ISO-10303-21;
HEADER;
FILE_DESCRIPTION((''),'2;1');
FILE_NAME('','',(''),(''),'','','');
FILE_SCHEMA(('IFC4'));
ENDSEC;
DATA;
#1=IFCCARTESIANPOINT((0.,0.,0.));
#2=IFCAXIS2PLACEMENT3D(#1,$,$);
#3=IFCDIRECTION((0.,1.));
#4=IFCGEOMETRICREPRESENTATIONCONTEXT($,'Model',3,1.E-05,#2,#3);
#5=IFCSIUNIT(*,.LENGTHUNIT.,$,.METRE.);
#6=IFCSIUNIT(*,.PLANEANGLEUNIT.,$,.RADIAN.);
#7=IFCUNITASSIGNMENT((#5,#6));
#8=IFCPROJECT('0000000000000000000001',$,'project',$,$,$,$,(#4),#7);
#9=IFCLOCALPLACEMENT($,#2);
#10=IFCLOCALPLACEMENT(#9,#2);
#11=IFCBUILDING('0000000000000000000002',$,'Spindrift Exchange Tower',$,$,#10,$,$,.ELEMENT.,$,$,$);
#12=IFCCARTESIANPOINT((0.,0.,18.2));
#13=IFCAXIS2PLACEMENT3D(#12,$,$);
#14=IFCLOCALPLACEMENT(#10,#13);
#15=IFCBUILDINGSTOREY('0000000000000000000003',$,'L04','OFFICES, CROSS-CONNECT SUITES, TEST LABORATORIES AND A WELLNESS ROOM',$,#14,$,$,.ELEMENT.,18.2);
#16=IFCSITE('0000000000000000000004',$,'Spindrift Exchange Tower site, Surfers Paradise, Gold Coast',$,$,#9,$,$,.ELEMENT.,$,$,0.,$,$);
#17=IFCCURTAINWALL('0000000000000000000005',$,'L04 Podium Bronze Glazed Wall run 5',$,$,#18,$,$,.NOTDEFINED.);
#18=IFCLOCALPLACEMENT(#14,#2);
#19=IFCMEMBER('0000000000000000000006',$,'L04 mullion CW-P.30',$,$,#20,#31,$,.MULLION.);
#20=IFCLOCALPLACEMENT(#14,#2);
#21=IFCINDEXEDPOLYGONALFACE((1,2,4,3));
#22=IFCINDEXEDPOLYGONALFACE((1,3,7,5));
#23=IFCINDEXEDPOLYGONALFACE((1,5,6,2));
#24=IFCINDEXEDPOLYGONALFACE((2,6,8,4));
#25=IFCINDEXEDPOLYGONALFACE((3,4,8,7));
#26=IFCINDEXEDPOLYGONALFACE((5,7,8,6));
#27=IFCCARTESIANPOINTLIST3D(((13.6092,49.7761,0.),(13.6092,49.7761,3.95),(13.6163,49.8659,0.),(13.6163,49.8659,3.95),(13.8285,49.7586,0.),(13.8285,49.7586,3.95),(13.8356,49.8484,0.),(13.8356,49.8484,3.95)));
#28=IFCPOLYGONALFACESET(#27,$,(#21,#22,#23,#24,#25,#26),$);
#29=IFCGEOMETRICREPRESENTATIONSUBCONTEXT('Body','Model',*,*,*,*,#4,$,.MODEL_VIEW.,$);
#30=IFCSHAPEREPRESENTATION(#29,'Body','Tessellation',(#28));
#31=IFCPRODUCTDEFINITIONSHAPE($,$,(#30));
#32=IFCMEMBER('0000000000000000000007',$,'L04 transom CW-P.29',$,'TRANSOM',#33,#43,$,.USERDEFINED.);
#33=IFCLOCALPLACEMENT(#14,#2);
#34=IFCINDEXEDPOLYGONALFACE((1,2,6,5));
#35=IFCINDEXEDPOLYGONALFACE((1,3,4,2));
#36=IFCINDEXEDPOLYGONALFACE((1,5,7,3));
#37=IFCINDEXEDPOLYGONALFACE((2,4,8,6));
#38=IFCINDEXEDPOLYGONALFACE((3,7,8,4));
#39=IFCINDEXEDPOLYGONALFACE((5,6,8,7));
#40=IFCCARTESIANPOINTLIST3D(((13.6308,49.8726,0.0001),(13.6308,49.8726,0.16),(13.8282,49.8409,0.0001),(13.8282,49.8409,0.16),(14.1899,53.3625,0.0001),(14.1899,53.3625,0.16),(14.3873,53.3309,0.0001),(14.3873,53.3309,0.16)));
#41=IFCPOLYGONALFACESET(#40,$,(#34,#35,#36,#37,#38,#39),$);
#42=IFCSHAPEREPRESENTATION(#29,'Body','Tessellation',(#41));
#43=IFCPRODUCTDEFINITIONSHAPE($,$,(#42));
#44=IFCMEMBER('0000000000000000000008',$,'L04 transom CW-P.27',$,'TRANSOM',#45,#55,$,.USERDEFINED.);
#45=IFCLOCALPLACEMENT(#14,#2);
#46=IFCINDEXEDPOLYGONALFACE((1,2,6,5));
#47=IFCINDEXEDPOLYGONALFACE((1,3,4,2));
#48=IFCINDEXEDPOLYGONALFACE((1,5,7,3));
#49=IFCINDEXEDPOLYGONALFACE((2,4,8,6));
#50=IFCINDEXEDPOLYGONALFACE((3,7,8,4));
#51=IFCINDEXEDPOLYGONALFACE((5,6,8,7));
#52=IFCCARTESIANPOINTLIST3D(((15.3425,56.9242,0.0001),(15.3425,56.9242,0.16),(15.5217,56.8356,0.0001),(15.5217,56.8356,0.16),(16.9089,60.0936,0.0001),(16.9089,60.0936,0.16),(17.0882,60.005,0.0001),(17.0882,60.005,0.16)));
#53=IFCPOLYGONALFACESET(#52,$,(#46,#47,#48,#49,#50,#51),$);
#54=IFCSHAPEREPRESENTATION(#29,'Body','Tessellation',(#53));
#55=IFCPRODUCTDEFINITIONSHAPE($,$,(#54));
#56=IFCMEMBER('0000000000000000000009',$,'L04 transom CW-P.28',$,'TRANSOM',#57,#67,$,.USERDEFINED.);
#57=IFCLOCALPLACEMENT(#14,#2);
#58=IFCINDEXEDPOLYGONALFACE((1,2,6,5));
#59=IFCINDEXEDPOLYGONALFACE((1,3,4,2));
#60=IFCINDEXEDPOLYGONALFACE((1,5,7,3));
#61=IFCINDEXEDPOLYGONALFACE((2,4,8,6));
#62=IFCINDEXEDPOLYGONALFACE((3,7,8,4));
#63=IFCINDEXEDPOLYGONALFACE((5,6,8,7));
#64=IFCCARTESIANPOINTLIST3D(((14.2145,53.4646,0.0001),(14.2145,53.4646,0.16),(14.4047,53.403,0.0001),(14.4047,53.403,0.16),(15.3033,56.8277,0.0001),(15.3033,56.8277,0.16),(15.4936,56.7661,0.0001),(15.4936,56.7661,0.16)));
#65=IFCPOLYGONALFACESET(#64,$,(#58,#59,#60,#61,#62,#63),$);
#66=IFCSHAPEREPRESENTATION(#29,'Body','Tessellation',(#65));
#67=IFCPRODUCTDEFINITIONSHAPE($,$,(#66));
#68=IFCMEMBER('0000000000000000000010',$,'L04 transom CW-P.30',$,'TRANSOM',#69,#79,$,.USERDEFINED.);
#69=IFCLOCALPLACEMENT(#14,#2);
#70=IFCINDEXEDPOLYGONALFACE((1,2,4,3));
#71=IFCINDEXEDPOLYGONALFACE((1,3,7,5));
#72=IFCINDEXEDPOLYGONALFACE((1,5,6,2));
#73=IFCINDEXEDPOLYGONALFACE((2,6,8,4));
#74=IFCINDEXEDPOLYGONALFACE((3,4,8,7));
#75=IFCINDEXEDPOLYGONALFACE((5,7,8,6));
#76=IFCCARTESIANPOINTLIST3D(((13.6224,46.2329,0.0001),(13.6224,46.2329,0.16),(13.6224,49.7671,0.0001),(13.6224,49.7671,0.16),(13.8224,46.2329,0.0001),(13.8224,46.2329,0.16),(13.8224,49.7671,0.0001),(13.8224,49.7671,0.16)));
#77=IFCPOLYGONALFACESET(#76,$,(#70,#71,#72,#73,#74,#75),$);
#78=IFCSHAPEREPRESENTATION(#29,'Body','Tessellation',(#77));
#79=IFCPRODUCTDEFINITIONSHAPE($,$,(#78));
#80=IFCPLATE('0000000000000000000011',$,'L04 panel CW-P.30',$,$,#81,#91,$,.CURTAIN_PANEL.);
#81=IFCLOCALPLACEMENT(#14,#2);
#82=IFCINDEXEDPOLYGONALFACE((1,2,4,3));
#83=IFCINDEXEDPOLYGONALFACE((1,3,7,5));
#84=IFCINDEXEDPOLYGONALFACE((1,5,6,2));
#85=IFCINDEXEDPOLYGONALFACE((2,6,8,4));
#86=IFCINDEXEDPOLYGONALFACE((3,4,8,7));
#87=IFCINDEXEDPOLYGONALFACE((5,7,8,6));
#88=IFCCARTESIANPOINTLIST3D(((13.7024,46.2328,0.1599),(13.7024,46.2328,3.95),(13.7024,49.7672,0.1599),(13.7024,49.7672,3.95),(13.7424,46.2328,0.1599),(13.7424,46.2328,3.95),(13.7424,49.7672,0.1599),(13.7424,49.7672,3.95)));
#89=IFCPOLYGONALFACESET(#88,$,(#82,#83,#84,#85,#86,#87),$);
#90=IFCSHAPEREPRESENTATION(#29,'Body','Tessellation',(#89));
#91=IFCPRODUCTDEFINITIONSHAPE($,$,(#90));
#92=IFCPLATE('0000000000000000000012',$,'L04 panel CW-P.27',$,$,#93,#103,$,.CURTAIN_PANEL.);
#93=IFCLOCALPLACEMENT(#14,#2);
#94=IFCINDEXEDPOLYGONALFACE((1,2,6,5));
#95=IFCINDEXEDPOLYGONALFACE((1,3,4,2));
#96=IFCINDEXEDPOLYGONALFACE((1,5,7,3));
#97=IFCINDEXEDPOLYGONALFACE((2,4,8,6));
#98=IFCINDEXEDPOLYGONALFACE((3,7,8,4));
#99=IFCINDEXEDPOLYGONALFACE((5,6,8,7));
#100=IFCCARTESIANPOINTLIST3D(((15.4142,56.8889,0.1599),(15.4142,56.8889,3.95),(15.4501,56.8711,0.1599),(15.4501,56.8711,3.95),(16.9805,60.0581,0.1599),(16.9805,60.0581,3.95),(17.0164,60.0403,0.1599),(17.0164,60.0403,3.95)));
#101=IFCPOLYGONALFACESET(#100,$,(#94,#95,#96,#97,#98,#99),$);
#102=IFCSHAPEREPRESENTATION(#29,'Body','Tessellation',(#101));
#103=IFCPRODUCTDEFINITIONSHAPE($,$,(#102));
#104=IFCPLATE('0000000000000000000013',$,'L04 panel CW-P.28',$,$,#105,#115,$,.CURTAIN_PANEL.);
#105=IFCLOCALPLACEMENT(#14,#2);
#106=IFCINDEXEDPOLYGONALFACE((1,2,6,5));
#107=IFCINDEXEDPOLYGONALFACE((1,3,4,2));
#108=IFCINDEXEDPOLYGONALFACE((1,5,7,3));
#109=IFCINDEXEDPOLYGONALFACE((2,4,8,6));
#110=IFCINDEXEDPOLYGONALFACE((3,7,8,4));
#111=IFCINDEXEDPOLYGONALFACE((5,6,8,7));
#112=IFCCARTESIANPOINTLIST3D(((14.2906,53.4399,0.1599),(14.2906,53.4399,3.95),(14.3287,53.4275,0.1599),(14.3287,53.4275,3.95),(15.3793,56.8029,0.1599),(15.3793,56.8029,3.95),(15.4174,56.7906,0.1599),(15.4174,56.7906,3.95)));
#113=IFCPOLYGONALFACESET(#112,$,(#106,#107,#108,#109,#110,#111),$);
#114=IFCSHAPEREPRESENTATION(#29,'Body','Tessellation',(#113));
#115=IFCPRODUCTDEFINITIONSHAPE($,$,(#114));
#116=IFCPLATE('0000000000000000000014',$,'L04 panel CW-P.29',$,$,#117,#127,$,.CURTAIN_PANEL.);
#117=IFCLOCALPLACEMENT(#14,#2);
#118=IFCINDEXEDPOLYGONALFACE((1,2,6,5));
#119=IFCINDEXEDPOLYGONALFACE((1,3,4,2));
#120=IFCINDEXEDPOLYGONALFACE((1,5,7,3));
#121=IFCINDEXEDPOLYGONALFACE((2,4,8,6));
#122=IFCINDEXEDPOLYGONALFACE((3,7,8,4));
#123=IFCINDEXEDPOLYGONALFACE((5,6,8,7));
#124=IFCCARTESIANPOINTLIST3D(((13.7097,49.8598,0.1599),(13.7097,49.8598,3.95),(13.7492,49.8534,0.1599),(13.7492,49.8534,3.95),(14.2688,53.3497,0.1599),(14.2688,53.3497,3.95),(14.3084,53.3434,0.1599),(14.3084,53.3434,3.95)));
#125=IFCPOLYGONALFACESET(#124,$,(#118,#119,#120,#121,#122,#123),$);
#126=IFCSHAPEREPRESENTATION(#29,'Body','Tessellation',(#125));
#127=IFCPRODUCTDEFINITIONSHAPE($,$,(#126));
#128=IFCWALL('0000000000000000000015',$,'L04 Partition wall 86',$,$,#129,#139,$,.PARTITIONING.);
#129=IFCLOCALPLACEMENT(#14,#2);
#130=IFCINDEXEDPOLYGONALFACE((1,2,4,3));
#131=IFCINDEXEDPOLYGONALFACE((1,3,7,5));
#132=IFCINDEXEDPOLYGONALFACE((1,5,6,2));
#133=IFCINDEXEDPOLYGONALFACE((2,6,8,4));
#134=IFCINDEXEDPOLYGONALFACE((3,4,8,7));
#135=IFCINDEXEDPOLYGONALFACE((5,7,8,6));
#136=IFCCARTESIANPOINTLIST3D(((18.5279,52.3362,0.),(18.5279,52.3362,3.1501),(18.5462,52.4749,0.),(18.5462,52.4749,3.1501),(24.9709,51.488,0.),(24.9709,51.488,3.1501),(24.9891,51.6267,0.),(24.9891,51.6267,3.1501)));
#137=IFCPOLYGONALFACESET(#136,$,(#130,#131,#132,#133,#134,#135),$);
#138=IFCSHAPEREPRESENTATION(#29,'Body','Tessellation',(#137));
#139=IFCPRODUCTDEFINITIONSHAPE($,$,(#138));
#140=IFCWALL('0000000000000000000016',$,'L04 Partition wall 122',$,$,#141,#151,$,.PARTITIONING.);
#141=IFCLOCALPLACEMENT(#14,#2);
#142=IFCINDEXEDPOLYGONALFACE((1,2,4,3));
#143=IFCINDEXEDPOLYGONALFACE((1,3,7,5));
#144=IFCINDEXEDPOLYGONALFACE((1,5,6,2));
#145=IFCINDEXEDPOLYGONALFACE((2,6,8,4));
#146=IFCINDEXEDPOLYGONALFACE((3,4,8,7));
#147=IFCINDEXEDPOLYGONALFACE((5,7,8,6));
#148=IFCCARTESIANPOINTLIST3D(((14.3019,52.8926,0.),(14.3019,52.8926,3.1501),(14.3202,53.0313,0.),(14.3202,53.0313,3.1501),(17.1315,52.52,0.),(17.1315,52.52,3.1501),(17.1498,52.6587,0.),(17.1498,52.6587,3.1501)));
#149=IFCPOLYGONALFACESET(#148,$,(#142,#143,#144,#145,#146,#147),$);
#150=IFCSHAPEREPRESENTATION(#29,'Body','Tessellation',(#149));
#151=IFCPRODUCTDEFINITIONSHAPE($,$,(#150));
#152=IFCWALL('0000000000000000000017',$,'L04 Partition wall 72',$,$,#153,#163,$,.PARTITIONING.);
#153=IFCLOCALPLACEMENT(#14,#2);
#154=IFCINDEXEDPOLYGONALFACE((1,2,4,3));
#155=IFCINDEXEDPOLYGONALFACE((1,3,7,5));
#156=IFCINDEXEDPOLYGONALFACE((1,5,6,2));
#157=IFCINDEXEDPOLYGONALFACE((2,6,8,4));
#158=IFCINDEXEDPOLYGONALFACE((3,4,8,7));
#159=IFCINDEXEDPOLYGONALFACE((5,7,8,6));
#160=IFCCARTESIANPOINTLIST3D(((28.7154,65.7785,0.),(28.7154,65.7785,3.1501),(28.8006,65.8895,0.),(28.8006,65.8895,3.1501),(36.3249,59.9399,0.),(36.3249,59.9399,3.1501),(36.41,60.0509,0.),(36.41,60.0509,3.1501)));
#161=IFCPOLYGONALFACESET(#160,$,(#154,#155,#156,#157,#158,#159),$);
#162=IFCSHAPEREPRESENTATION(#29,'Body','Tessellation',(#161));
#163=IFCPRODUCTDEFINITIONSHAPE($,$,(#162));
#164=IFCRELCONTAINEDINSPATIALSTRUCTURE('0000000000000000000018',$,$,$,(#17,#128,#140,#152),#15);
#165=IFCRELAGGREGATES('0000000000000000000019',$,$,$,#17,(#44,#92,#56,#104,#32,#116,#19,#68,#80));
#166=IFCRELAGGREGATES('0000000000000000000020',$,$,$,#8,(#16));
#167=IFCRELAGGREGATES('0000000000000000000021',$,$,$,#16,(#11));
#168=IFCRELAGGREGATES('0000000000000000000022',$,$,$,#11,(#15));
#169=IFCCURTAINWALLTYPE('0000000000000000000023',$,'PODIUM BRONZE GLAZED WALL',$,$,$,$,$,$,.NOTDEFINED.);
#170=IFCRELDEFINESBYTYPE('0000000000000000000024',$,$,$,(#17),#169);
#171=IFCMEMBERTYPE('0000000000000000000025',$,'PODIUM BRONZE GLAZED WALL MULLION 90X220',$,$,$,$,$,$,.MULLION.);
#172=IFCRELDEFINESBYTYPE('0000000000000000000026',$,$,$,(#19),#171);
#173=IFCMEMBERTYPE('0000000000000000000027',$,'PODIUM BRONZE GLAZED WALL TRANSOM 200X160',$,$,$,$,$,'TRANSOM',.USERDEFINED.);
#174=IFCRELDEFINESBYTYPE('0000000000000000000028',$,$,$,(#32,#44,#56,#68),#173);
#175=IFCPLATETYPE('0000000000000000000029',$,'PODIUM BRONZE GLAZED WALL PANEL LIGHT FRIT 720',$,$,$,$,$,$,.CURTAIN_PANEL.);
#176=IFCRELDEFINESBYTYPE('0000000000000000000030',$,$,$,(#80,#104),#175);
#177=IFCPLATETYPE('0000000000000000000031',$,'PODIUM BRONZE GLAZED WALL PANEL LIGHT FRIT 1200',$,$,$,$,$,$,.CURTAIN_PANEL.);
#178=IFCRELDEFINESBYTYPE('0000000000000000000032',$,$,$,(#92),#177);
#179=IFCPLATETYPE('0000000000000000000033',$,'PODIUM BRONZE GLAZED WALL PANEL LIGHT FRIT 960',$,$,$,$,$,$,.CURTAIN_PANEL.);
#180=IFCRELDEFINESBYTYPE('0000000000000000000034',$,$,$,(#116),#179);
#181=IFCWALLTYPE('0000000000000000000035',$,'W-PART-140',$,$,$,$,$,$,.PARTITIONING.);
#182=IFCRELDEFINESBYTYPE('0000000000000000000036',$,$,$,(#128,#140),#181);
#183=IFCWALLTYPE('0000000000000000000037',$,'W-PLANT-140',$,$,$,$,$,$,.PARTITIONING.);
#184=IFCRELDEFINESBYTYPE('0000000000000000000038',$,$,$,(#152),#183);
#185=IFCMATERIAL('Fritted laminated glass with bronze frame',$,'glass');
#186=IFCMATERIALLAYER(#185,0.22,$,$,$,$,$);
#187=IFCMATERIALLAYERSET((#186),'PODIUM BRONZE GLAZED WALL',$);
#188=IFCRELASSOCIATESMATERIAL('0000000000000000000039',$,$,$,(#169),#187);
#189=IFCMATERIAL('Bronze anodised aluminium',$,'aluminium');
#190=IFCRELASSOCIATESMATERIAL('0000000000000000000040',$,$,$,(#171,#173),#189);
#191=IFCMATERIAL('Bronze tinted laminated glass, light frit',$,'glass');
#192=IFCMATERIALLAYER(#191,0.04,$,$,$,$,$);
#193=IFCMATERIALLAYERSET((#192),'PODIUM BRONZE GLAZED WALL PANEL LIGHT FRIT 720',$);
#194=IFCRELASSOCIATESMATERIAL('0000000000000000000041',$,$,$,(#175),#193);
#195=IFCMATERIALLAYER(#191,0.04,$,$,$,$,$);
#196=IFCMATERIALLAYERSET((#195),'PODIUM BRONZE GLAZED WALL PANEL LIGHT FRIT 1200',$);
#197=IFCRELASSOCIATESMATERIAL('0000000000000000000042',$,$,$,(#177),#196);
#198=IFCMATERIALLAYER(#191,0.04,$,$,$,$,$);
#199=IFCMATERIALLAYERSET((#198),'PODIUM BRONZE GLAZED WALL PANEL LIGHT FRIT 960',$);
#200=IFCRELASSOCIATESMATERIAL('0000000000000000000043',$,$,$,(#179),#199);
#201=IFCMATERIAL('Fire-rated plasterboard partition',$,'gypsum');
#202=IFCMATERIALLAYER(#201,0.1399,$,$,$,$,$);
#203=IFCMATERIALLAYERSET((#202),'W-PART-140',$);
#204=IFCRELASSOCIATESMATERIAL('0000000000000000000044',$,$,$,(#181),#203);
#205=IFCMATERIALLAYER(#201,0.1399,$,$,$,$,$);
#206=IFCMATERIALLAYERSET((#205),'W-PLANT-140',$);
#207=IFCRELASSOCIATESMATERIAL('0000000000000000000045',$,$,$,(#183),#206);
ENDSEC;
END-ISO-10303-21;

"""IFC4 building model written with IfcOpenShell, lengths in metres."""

from ifc_helpers import new_model, si_unit, direction, frame, frame_2d, origin, origin_2d, place, context, subcontext, project, spatial, rectangle, extrude, source, transform, mapped, material, layer, layer_set, material_profile, profile_set, type_object, element, aggregate, save


model = new_model("IFC4")

# Units and contexts
model_context = context("Model", 3, precision=1e-05, world=origin(), true_north=direction((0.0, 1.0)))
body_context = subcontext(model_context, "Body", "Model", "MODEL_VIEW")
ifc_project = project(units=[si_unit("LENGTHUNIT", "METRE"), si_unit("PLANEANGLEUNIT", "RADIAN")], contexts=[model_context])

# Site, building, storey
site_placement = place(None, origin())
site = spatial("IfcSite", under=ifc_project, at=site_placement, Name="Spindrift Exchange Tower site, Surfers Paradise, Gold Coast", CompositionType="ELEMENT", RefElevation=0.0)
building_placement = place(site_placement, origin())
building = spatial("IfcBuilding", under=site, at=building_placement, Name="Spindrift Exchange Tower", CompositionType="ELEMENT")
storey_placement = place(building_placement, frame((0.0, 0.0, 18.2)))
storey = spatial("IfcBuildingStorey", under=building, at=storey_placement, Name="L04", Description="OFFICES, CROSS-CONNECT SUITES, TEST LABORATORIES AND A WELLNESS ROOM", CompositionType="ELEMENT", Elevation=18.2)

# Curtain wall, members, plates
ifc_material_1 = material(Name="Fritted laminated glass with bronze frame", Category="glass")
ifc_layer_1 = layer(ifc_material_1, 0.22)
ifc_layer_set_1 = layer_set([ifc_layer_1], Name="PODIUM BRONZE GLAZED WALL")
curtain_wall_type = type_object("IfcCurtainWallType", Name="PODIUM BRONZE GLAZED WALL", PredefinedType="NOTDEFINED", material=ifc_layer_set_1)
curtain_wall_placement = place(storey_placement, origin())
curtain_wall = element("IfcCurtainWall", 1, at=curtain_wall_placement, inside=storey, type_object=curtain_wall_type, Name="L04 Podium Bronze Glazed Wall run 5", PredefinedType="NOTDEFINED")
ifc_material_2 = material(Name="Bronze anodised aluminium", Category="aluminium")
ifc_material_profile_1 = material_profile(ifc_material_2, rectangle(XDim=0.0901, YDim=0.22, at=origin_2d()), Name="PODIUM BRONZE GLAZED WALL MULLION 90X220")
ifc_profile_set_1 = profile_set([ifc_material_profile_1], Name="Bronze anodised aluminium")
member_type_1 = type_object("IfcMemberType", Name="PODIUM BRONZE GLAZED WALL MULLION 90X220", PredefinedType="MULLION", material=ifc_profile_set_1)
shared_shape_1 = source(origin(), body_context, "Body", "SweptSolid", [
    extrude(rectangle(XDim=0.0901, YDim=0.22, at=origin_2d()), origin(), (0.0, 0.0, 1.0), 3.95),
])
member_1_placement = place(storey_placement, frame((13.7224, 49.8123, 0.0), z_axis=(0.0, 0.0, 1.0), x_axis=(-0.079352, -0.996847, 0.0)))
member_1 = element("IfcMember", 2, at=member_1_placement, type_object=member_type_1, Name="L04 mullion CW-P.30", PredefinedType="MULLION", context=body_context, shape_type="MappedRepresentation", body=[
    mapped(shared_shape_1, transform((0.0, 0.0, 0.0), scale=1.0)),
])
ifc_material_profile_2 = material_profile(ifc_material_2, rectangle(XDim=0.2, YDim=0.1599, at=origin_2d()), Name="PODIUM BRONZE GLAZED WALL TRANSOM 200X160")
ifc_profile_set_2 = profile_set([ifc_material_profile_2], Name="Bronze anodised aluminium")
member_type_2 = type_object("IfcMemberType", Name="PODIUM BRONZE GLAZED WALL TRANSOM 200X160", ElementType="TRANSOM", PredefinedType="USERDEFINED", material=ifc_profile_set_2)
shared_shape_2 = source(origin(), body_context, "Body", "SweptSolid", [
    extrude(rectangle(XDim=0.2, YDim=0.1599, at=origin_2d()), origin(), (0.0, 0.0, 1.0), 3.5344),
])
member_2_placement = place(storey_placement, frame((14.2886, 53.3467, 0.0801), z_axis=(-0.158179, -0.98741, 0.0), x_axis=(0.98741, -0.158179, 0.0)))
member_2 = element("IfcMember", 3, at=member_2_placement, type_object=member_type_2, Name="L04 transom CW-P.29", ObjectType="TRANSOM", PredefinedType="USERDEFINED", context=body_context, shape_type="MappedRepresentation", body=[
    mapped(shared_shape_2, transform((0.0, 0.0, 0.0), scale=1.0)),
])
shared_shape_3 = source(origin(), body_context, "Body", "SweptSolid", [
    extrude(rectangle(XDim=0.2, YDim=0.1599, at=origin_2d()), origin(), (0.0, 0.0, 1.0), 3.5354),
])
member_3_placement = place(storey_placement, frame((16.9985, 60.0493, 0.0801), z_axis=(-0.443065, -0.896489, 0.0), x_axis=(0.896489, -0.443065, 0.0)))
member_3 = element("IfcMember", 4, at=member_3_placement, type_object=member_type_2, Name="L04 transom CW-P.27", ObjectType="TRANSOM", PredefinedType="USERDEFINED", context=body_context, shape_type="MappedRepresentation", body=[
    mapped(shared_shape_3, transform((0.0, 0.0, 0.0), scale=1.0)),
])
shared_shape_4 = source(origin(), body_context, "Body", "SweptSolid", [
    extrude(rectangle(XDim=0.2, YDim=0.1599, at=origin_2d()), origin(), (0.0, 0.0, 1.0), 3.5349),
])
member_4_placement = place(storey_placement, frame((15.3984, 56.7969, 0.0801), z_axis=(-0.308032, -0.951376, 0.0), x_axis=(0.951376, -0.308032, 0.0)))
member_4 = element("IfcMember", 5, at=member_4_placement, type_object=member_type_2, Name="L04 transom CW-P.28", ObjectType="TRANSOM", PredefinedType="USERDEFINED", context=body_context, shape_type="MappedRepresentation", body=[
    mapped(shared_shape_4, transform((0.0, 0.0, 0.0), scale=1.0)),
])
shared_shape_5 = source(origin(), body_context, "Body", "SweptSolid", [
    extrude(rectangle(XDim=0.2, YDim=0.1599, at=origin_2d()), origin(), (0.0, 0.0, 1.0), 3.5342),
])
member_5_placement = place(storey_placement, frame((13.7224, 49.7671, 0.0801), z_axis=(0.0, -1.0, 0.0), x_axis=(1.0, 0.0, 0.0)))
member_5 = element("IfcMember", 6, at=member_5_placement, type_object=member_type_2, Name="L04 transom CW-P.30", ObjectType="TRANSOM", PredefinedType="USERDEFINED", context=body_context, shape_type="MappedRepresentation", body=[
    mapped(shared_shape_5, transform((0.0, 0.0, 0.0), scale=1.0)),
])
ifc_material_3 = material(Name="Bronze tinted laminated glass, light frit", Category="glass")
ifc_layer_2 = layer(ifc_material_3, 0.04)
ifc_layer_set_2 = layer_set([ifc_layer_2], Name="PODIUM BRONZE GLAZED WALL PANEL LIGHT FRIT 720")
plate_type_1 = type_object("IfcPlateType", Name="PODIUM BRONZE GLAZED WALL PANEL LIGHT FRIT 720", PredefinedType="CURTAIN_PANEL", material=ifc_layer_set_2)
shared_shape_6 = source(origin(), body_context, "Body", "SweptSolid", [
    extrude(rectangle(XDim=3.5344, YDim=0.04, at=origin_2d()), origin(), (0.0, 0.0, 1.0), 3.79),
])
plate_1_placement = place(storey_placement, frame((13.7224, 48.0, 0.1599), z_axis=(0.0, 0.0, 1.0), x_axis=(0.0, -1.0, 0.0)))
plate_1 = element("IfcPlate", 7, at=plate_1_placement, type_object=plate_type_1, Name="L04 panel CW-P.30", PredefinedType="CURTAIN_PANEL", context=body_context, shape_type="MappedRepresentation", body=[
    mapped(shared_shape_6, transform((0.0, 0.0, 0.0), scale=1.0)),
])
ifc_layer_3 = layer(ifc_material_3, 0.04)
ifc_layer_set_3 = layer_set([ifc_layer_3], Name="PODIUM BRONZE GLAZED WALL PANEL LIGHT FRIT 1200")
plate_type_2 = type_object("IfcPlateType", Name="PODIUM BRONZE GLAZED WALL PANEL LIGHT FRIT 1200", PredefinedType="CURTAIN_PANEL", material=ifc_layer_set_3)
shared_shape_7 = source(origin(), body_context, "Body", "SweptSolid", [
    extrude(rectangle(XDim=3.5352, YDim=0.04, at=origin_2d()), origin(), (0.0, 0.0, 1.0), 3.79),
])
plate_2_placement = place(storey_placement, frame((16.2153, 58.4646, 0.1599), z_axis=(0.0, 0.0, 1.0), x_axis=(-0.44306, -0.896492, 0.0)))
plate_2 = element("IfcPlate", 8, at=plate_2_placement, type_object=plate_type_2, Name="L04 panel CW-P.27", PredefinedType="CURTAIN_PANEL", context=body_context, shape_type="MappedRepresentation", body=[
    mapped(shared_shape_7, transform((0.0, 0.0, 0.0), scale=1.0)),
])
shared_shape_8 = source(origin(), body_context, "Body", "SweptSolid", [
    extrude(rectangle(XDim=3.5349, YDim=0.04, at=origin_2d()), origin(), (0.0, 0.0, 1.0), 3.79),
])
plate_3_placement = place(storey_placement, frame((14.854, 55.1152, 0.1599), z_axis=(0.0, 0.0, 1.0), x_axis=(-0.307989, -0.95139, 0.0)))
plate_3 = element("IfcPlate", 9, at=plate_3_placement, type_object=plate_type_1, Name="L04 panel CW-P.28", PredefinedType="CURTAIN_PANEL", context=body_context, shape_type="MappedRepresentation", body=[
    mapped(shared_shape_8, transform((0.0, 0.0, 0.0), scale=1.0)),
])
ifc_layer_4 = layer(ifc_material_3, 0.04)
ifc_layer_set_4 = layer_set([ifc_layer_4], Name="PODIUM BRONZE GLAZED WALL PANEL LIGHT FRIT 960")
plate_type_3 = type_object("IfcPlateType", Name="PODIUM BRONZE GLAZED WALL PANEL LIGHT FRIT 960", PredefinedType="CURTAIN_PANEL", material=ifc_layer_set_4)
shared_shape_9 = source(origin(), body_context, "Body", "SweptSolid", [
    extrude(rectangle(XDim=3.5344, YDim=0.04, at=origin_2d()), origin(), (0.0, 0.0, 1.0), 3.79),
])
plate_4_placement = place(storey_placement, frame((14.009, 51.6016, 0.1599), z_axis=(0.0, 0.0, 1.0), x_axis=(-0.158203, -0.987407, 0.0)))
plate_4 = element("IfcPlate", 10, at=plate_4_placement, type_object=plate_type_3, Name="L04 panel CW-P.29", PredefinedType="CURTAIN_PANEL", context=body_context, shape_type="MappedRepresentation", body=[
    mapped(shared_shape_9, transform((0.0, 0.0, 0.0), scale=1.0)),
])
aggregate(curtain_wall, [member_3, plate_2, member_4, plate_3, member_2, plate_4, member_1, member_5, plate_1])

# Walls
ifc_material_4 = material(Name="Fire-rated plasterboard partition", Category="gypsum")
ifc_layer_5 = layer(ifc_material_4, 0.1399)
ifc_layer_set_5 = layer_set([ifc_layer_5], Name="W-PART-140")
wall_type_1 = type_object("IfcWallType", Name="W-PART-140", PredefinedType="PARTITIONING", material=ifc_layer_set_5)
wall_1_placement = place(storey_placement, frame((24.98, 51.5574, 0.0), z_axis=(0.0, 0.0, 1.0), x_axis=(-0.991446, 0.130515, 0.0)))
element("IfcWall", 11, at=wall_1_placement, inside=storey, type_object=wall_type_1, Name="L04 Partition wall 86", PredefinedType="PARTITIONING", context=body_context, shape_type="SweptSolid", body=[
    extrude(rectangle(XDim=6.4985, YDim=0.1399, at=frame_2d((3.2493, 0.0))), origin(), (0.0, 0.0, 1.0), 3.1501),
])
wall_2_placement = place(storey_placement, frame((17.1406, 52.5894, 0.0), z_axis=(0.0, 0.0, 1.0), x_axis=(-0.991443, 0.130539, 0.0)))
element("IfcWall", 12, at=wall_2_placement, inside=storey, type_object=wall_type_1, Name="L04 Partition wall 122", PredefinedType="PARTITIONING", context=body_context, shape_type="SweptSolid", body=[
    extrude(rectangle(XDim=2.854, YDim=0.1399, at=frame_2d((1.427, 0.0))), origin(), (0.0, 0.0, 1.0), 3.1501),
])
ifc_layer_6 = layer(ifc_material_4, 0.1399)
ifc_layer_set_6 = layer_set([ifc_layer_6], Name="W-PLANT-140")
wall_type_2 = type_object("IfcWallType", Name="W-PLANT-140", PredefinedType="PARTITIONING", material=ifc_layer_set_6)
wall_3_placement = place(storey_placement, frame((36.3674, 59.9954, 0.0), z_axis=(0.0, 0.0, 1.0), x_axis=(-0.793366, 0.608745, 0.0)))
element("IfcWall", 13, at=wall_3_placement, inside=storey, type_object=wall_type_2, Name="L04 Partition wall 72", PredefinedType="PARTITIONING", context=body_context, shape_type="SweptSolid", body=[
    extrude(rectangle(XDim=9.5913, YDim=0.1399, at=frame_2d((4.7957, 0.0))), origin(), (0.0, 0.0, 1.0), 3.1501),
])

save(model, "model.ifc")
